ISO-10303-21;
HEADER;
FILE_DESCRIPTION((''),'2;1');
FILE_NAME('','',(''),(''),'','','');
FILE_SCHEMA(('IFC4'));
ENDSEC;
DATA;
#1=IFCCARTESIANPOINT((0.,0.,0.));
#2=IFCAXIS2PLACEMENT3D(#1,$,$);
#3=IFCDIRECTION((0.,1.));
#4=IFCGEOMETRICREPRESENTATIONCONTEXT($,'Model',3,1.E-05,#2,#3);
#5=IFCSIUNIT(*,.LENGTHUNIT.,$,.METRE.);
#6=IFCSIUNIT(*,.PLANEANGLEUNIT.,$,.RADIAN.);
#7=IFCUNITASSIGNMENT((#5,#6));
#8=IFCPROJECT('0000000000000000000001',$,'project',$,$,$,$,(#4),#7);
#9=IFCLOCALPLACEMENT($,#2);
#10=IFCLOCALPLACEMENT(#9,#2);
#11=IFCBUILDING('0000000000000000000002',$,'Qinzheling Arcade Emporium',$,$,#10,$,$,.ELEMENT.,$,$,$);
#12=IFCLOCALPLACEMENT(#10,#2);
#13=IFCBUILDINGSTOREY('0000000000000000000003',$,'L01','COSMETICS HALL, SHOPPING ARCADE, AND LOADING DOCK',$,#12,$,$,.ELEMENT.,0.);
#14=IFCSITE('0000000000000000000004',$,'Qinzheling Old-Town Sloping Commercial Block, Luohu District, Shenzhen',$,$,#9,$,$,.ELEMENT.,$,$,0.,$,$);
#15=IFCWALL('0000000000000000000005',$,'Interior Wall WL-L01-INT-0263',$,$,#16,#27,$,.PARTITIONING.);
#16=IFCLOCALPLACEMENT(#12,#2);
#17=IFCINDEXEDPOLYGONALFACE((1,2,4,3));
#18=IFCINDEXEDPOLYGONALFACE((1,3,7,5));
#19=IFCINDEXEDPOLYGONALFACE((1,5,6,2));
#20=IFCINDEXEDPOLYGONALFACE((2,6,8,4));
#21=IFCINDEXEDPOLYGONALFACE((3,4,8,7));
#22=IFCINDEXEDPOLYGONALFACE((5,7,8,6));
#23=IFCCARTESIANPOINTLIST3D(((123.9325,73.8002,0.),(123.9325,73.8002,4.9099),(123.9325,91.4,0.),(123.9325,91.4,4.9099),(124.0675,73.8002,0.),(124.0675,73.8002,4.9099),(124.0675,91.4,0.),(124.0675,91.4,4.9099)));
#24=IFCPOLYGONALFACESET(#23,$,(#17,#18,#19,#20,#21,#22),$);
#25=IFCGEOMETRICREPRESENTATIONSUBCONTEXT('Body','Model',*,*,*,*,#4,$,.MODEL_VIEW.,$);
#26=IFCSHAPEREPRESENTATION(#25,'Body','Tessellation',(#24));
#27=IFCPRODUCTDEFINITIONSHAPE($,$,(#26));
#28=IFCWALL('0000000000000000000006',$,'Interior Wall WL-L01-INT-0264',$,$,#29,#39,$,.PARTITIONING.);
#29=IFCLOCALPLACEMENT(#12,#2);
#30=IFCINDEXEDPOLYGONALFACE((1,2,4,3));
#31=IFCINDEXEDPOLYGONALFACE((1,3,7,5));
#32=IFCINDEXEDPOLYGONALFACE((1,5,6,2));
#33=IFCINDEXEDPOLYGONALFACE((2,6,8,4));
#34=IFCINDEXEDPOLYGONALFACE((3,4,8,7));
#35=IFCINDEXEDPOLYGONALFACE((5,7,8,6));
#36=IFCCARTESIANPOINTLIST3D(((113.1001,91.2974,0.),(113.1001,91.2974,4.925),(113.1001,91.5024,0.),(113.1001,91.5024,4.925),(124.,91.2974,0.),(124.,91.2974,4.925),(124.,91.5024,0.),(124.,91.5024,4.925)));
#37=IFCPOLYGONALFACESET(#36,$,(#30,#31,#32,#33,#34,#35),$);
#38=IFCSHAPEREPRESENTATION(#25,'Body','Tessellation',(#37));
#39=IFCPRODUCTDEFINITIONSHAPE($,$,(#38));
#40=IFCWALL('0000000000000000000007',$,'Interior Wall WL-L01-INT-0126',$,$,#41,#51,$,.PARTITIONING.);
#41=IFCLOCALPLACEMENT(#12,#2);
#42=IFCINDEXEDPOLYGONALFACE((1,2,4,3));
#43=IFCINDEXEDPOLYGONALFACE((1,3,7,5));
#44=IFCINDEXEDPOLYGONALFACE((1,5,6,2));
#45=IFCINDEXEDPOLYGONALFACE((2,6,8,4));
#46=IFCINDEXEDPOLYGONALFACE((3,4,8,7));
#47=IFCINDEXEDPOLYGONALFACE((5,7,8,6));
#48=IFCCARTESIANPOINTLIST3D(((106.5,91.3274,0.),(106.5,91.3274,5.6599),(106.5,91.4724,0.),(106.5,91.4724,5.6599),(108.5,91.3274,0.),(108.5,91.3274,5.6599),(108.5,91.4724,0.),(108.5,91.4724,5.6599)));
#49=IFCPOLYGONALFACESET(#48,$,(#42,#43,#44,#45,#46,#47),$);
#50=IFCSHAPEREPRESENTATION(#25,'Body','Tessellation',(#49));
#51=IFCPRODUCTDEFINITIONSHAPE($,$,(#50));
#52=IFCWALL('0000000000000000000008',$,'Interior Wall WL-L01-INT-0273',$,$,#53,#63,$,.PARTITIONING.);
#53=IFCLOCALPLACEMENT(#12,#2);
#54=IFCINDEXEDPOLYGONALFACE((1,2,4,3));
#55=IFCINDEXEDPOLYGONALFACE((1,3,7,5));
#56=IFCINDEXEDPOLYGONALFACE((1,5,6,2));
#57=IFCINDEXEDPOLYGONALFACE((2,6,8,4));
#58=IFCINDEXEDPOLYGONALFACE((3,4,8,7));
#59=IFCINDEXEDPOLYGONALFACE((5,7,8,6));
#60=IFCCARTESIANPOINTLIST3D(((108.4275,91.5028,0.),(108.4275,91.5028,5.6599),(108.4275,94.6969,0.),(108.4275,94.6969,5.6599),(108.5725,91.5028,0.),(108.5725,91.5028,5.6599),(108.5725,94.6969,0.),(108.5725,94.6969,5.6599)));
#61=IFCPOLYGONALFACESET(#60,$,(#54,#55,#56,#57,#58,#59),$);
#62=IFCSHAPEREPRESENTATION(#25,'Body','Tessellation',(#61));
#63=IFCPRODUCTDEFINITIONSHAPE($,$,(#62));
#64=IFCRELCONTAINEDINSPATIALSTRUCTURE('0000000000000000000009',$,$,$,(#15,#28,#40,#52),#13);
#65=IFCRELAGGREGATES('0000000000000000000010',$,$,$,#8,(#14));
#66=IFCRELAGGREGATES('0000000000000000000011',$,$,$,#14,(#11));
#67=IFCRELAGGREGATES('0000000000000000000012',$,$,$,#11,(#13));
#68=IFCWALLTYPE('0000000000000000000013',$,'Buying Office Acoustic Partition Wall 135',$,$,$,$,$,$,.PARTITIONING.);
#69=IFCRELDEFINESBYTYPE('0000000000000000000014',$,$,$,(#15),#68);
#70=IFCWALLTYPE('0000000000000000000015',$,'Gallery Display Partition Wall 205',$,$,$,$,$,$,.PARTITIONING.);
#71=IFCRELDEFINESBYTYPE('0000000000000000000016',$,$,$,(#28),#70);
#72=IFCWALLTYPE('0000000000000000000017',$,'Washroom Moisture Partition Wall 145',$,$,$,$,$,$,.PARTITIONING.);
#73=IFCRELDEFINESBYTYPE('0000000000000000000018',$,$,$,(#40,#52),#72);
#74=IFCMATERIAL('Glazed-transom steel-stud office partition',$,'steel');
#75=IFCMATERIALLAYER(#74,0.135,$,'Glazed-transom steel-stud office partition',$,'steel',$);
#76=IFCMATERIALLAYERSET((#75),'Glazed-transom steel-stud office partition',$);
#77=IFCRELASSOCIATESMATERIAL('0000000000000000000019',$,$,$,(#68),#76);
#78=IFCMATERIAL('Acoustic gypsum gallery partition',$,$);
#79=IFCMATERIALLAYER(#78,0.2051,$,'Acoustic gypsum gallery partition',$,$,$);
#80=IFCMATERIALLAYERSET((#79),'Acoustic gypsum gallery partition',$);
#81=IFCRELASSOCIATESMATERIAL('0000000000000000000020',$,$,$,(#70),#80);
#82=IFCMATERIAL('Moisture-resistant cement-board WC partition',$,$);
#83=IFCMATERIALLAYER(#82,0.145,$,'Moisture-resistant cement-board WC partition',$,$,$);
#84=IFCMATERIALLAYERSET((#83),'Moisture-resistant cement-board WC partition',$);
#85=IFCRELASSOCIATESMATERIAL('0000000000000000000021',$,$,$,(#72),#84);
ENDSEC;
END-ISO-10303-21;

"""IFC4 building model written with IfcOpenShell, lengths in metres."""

from ifc_helpers import new_model, si_unit, direction, frame, frame_2d, origin, place, context, subcontext, project, spatial, rectangle, extrude, material, layer, layer_set, type_object, element, save


model = new_model("IFC4")

# Units and contexts
model_context = context("Model", 3, precision=1e-05, world=origin(), true_north=direction((0.0, 1.0)))
body_context = subcontext(model_context, "Body", "Model", "MODEL_VIEW")
ifc_project = project(units=[si_unit("LENGTHUNIT", "METRE"), si_unit("PLANEANGLEUNIT", "RADIAN")], contexts=[model_context])

# Site, building, storey
site_placement = place(None, origin())
site = spatial("IfcSite", under=ifc_project, at=site_placement, Name="Qinzheling Old-Town Sloping Commercial Block, Luohu District, Shenzhen", CompositionType="ELEMENT", RefElevation=0.0)
building_placement = place(site_placement, origin())
building = spatial("IfcBuilding", under=site, at=building_placement, Name="Qinzheling Arcade Emporium", CompositionType="ELEMENT")
storey_placement = place(building_placement, origin())
storey = spatial("IfcBuildingStorey", under=building, at=storey_placement, Name="L01", Description="COSMETICS HALL, SHOPPING ARCADE, AND LOADING DOCK", CompositionType="ELEMENT", Elevation=0.0)

# Walls
ifc_material_1 = material(Name="Glazed-transom steel-stud office partition", Category="steel")
ifc_layer_1 = layer(ifc_material_1, 0.135, Name="Glazed-transom steel-stud office partition", Category="steel")
ifc_layer_set_1 = layer_set([ifc_layer_1], Name="Glazed-transom steel-stud office partition")
wall_type_1 = type_object("IfcWallType", Name="Buying Office Acoustic Partition Wall 135", PredefinedType="PARTITIONING", material=ifc_layer_set_1)
wall_1_placement = place(storey_placement, frame((124.0, 91.3999, 0.0), z_axis=(0.0, 0.0, 1.0), x_axis=(0.0, -1.0, 0.0)))
element("IfcWall", 1, at=wall_1_placement, inside=storey, type_object=wall_type_1, Name="Interior Wall WL-L01-INT-0263", PredefinedType="PARTITIONING", context=body_context, shape_type="SweptSolid", body=[
    extrude(rectangle(XDim=17.5999, YDim=0.135, at=frame_2d((8.7998, 0.0))), origin(), (0.0, 0.0, 1.0), 4.9099),
])
ifc_material_2 = material(Name="Acoustic gypsum gallery partition")
ifc_layer_2 = layer(ifc_material_2, 0.2051, Name="Acoustic gypsum gallery partition")
ifc_layer_set_2 = layer_set([ifc_layer_2], Name="Acoustic gypsum gallery partition")
wall_type_2 = type_object("IfcWallType", Name="Gallery Display Partition Wall 205", PredefinedType="PARTITIONING", material=ifc_layer_set_2)
wall_2_placement = place(storey_placement, frame((113.1001, 91.3999, 0.0), z_axis=(0.0, 0.0, 1.0), x_axis=(1.0, 0.0, 0.0)))
element("IfcWall", 2, at=wall_2_placement, inside=storey, type_object=wall_type_2, Name="Interior Wall WL-L01-INT-0264", PredefinedType="PARTITIONING", context=body_context, shape_type="SweptSolid", body=[
    extrude(rectangle(XDim=10.8999, YDim=0.2051, at=frame_2d((5.45, 0.0))), origin(), (0.0, 0.0, 1.0), 4.925),
])
ifc_material_3 = material(Name="Moisture-resistant cement-board WC partition")
ifc_layer_3 = layer(ifc_material_3, 0.145, Name="Moisture-resistant cement-board WC partition")
ifc_layer_set_3 = layer_set([ifc_layer_3], Name="Moisture-resistant cement-board WC partition")
wall_type_3 = type_object("IfcWallType", Name="Washroom Moisture Partition Wall 145", PredefinedType="PARTITIONING", material=ifc_layer_set_3)
wall_3_placement = place(storey_placement, frame((108.5, 91.3999, 0.0), z_axis=(0.0, 0.0, 1.0), x_axis=(-1.0, 0.0, 0.0)))
element("IfcWall", 3, at=wall_3_placement, inside=storey, type_object=wall_type_3, Name="Interior Wall WL-L01-INT-0126", PredefinedType="PARTITIONING", context=body_context, shape_type="SweptSolid", body=[
    extrude(rectangle(XDim=2.0, YDim=0.145, at=frame_2d((1.0, 0.0))), origin(), (0.0, 0.0, 1.0), 5.6599),
])
wall_4_placement = place(storey_placement, frame((108.5, 94.697, 0.0), z_axis=(0.0, 0.0, 1.0), x_axis=(0.0, -1.0, 0.0)))
element("IfcWall", 4, at=wall_4_placement, inside=storey, type_object=wall_type_3, Name="Interior Wall WL-L01-INT-0273", PredefinedType="PARTITIONING", context=body_context, shape_type="SweptSolid", body=[
    extrude(rectangle(XDim=3.1941, YDim=0.145, at=frame_2d((1.5972, 0.0))), origin(), (0.0, 0.0, 1.0), 5.6599),
])

save(model, "model.ifc")
